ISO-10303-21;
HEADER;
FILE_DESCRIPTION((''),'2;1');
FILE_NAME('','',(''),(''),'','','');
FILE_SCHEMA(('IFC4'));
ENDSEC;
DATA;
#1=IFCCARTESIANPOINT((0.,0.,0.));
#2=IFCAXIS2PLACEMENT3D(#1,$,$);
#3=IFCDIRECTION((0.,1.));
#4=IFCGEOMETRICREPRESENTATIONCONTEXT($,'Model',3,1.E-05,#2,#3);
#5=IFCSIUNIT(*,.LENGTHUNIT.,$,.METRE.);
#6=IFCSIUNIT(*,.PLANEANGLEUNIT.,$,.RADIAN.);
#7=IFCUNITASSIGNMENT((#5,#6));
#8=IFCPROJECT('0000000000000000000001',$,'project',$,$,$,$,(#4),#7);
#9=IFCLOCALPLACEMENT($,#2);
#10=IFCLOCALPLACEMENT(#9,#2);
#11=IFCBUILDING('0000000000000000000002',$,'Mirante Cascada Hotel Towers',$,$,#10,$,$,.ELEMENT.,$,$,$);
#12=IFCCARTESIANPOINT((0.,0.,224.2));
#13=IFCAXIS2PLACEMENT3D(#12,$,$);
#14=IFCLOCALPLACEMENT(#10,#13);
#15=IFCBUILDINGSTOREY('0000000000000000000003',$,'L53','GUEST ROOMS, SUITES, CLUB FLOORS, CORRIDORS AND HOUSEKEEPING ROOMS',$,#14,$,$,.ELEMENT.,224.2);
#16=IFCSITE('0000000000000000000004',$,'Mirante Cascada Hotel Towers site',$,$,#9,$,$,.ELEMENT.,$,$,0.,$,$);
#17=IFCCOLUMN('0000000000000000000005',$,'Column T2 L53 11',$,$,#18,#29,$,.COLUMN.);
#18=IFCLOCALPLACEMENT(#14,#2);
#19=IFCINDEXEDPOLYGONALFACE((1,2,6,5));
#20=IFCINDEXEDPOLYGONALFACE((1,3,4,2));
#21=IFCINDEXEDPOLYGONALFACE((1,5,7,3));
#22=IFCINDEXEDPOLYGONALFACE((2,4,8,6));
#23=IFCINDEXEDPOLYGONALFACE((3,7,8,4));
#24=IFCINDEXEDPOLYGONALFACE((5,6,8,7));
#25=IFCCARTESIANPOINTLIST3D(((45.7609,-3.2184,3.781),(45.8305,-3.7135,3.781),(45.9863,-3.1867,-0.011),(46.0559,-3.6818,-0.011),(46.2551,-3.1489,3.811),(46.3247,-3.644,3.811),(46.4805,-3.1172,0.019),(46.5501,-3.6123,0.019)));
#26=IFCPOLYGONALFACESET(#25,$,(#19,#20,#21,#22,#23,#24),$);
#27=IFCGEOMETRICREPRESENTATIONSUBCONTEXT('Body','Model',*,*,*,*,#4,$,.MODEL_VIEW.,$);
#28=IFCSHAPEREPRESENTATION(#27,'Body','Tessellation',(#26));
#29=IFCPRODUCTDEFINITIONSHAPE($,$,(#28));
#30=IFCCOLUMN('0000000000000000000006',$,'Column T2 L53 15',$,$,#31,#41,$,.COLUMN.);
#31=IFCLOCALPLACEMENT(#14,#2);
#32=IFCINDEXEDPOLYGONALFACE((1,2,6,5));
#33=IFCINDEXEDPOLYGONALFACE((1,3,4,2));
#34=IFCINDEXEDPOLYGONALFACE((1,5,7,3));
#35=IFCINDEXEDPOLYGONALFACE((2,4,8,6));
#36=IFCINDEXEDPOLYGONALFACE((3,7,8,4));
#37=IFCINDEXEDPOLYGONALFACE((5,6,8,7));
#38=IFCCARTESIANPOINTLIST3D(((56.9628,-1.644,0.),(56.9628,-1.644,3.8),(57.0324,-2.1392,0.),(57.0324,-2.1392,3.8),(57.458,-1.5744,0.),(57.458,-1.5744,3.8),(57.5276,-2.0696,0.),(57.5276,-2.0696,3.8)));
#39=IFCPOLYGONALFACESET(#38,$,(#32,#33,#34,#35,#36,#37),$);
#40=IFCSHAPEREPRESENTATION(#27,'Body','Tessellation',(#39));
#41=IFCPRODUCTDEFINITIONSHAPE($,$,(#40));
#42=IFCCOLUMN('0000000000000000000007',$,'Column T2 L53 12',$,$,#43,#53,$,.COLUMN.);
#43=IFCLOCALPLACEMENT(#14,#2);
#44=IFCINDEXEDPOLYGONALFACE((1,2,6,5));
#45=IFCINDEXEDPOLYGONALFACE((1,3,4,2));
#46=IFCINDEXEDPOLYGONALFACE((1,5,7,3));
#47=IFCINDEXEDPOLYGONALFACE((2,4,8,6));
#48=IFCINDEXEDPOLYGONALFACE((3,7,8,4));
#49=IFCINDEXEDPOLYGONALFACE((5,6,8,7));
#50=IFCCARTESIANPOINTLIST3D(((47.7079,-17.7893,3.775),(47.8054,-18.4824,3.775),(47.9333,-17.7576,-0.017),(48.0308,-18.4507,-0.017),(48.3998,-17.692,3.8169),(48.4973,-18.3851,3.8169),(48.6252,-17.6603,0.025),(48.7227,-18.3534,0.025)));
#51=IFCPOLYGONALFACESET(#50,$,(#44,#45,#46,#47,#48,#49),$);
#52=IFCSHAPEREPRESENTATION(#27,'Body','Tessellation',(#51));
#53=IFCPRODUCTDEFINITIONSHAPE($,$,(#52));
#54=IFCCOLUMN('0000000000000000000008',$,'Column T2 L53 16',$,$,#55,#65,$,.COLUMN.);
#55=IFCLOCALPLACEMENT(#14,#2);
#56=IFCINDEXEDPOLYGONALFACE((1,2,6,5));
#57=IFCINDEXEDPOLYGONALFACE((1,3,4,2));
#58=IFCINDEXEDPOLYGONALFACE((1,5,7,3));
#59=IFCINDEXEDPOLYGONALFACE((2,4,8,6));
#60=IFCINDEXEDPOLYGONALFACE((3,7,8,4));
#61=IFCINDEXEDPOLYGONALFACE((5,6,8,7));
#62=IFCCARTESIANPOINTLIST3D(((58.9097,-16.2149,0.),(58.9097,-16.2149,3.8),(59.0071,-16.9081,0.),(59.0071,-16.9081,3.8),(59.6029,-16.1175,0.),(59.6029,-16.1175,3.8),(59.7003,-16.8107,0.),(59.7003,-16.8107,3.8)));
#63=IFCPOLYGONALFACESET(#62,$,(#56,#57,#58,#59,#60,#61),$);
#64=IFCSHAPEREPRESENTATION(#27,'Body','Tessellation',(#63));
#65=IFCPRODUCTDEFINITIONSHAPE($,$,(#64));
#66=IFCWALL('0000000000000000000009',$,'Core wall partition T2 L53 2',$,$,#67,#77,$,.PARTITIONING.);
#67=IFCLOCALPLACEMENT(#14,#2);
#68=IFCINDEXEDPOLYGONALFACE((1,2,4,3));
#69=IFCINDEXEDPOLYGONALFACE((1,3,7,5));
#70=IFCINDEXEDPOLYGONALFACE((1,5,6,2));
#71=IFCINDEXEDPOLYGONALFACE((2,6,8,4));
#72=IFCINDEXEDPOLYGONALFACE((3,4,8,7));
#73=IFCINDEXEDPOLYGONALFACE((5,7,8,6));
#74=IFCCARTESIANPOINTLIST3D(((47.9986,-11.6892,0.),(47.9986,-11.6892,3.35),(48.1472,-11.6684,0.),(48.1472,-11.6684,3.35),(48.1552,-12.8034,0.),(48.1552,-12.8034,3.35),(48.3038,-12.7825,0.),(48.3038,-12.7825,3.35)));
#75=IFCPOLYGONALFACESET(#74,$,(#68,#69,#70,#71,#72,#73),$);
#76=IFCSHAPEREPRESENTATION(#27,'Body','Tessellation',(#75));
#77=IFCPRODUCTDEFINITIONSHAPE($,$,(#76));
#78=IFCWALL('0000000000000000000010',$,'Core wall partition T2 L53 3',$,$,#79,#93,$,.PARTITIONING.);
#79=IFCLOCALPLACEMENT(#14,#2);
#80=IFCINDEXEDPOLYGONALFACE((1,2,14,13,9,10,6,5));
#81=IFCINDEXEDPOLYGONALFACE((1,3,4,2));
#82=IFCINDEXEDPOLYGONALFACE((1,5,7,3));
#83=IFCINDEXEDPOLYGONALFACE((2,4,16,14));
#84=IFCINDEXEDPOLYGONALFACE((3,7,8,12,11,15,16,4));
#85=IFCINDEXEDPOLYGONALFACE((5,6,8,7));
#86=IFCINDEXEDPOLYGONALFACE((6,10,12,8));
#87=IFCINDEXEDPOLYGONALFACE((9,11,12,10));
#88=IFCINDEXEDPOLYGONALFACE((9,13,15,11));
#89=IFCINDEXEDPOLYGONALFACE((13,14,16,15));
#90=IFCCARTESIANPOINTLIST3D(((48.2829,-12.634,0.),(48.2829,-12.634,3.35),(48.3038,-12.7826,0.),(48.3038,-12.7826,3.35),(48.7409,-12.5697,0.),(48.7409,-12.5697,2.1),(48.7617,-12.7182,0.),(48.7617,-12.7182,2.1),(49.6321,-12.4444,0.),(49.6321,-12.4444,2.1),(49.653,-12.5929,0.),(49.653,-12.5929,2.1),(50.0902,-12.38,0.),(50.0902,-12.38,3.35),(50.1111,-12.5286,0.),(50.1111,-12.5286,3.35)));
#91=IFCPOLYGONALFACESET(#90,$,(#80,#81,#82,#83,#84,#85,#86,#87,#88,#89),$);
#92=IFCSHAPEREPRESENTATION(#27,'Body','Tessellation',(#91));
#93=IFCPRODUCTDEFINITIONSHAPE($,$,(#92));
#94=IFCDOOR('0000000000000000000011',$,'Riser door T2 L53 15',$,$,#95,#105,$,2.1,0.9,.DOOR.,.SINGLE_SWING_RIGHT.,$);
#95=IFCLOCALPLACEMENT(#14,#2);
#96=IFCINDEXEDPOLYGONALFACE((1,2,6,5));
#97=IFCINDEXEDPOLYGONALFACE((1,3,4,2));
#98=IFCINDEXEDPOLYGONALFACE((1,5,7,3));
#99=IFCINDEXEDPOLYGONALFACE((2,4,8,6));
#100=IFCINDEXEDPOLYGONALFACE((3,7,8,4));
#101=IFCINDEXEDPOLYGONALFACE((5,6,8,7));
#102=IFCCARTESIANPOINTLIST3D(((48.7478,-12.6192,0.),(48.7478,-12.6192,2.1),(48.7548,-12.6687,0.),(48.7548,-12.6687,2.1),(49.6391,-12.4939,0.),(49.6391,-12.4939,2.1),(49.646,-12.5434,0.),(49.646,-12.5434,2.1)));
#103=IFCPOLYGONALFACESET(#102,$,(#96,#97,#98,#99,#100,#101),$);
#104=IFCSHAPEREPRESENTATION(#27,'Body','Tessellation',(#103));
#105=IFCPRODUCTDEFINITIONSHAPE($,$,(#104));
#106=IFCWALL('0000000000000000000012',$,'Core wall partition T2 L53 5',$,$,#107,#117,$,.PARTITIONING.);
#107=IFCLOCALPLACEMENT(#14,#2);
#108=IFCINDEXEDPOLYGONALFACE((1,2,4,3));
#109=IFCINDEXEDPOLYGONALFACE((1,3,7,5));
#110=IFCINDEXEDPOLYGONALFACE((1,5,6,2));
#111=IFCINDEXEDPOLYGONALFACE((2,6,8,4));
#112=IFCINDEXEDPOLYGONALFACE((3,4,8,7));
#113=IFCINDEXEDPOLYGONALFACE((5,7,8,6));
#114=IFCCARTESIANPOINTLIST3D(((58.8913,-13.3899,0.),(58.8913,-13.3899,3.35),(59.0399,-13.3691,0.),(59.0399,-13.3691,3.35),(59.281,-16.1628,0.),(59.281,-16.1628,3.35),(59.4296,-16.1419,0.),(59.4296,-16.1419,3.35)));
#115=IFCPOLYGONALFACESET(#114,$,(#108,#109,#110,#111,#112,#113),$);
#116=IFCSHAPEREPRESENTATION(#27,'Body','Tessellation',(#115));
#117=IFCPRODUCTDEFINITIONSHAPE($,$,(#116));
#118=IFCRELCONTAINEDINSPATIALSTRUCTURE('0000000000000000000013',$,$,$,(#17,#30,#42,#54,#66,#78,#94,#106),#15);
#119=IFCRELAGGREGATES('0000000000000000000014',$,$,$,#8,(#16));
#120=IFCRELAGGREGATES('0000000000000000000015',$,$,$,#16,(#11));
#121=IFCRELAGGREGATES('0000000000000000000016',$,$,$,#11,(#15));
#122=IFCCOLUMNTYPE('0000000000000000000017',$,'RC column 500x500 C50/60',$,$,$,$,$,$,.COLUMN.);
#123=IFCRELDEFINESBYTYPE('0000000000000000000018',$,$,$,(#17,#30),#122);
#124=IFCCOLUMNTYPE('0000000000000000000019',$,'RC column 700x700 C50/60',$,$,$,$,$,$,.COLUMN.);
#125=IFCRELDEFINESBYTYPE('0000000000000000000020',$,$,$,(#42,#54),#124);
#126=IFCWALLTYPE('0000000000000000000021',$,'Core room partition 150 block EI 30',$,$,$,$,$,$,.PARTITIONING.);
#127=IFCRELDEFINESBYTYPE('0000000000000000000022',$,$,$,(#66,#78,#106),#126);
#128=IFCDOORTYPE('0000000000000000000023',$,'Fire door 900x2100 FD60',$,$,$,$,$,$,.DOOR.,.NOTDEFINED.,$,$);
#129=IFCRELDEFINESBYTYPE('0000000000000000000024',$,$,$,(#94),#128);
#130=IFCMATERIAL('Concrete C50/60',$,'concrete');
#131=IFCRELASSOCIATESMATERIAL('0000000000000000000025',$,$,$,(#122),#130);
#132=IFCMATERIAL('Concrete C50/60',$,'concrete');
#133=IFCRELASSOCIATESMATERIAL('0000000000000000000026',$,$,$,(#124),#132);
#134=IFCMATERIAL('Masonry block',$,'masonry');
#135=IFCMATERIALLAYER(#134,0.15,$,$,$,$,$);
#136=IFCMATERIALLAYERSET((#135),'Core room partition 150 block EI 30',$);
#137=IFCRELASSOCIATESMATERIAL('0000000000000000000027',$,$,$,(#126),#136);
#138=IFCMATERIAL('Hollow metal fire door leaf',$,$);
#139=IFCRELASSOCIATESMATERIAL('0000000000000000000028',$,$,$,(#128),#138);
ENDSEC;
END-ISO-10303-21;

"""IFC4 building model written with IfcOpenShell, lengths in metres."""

from ifc_helpers import new_model, si_unit, direction, frame, frame_2d, origin, origin_2d, place, context, subcontext, project, spatial, rectangle, extrude, material, layer, layer_set, material_profile, profile_set, type_object, element, fill, save


model = new_model("IFC4")

# Units and contexts
model_context = context("Model", 3, precision=1e-05, world=origin(), true_north=direction((0.0, 1.0)))
body_context = subcontext(model_context, "Body", "Model", "MODEL_VIEW")
ifc_project = project(units=[si_unit("LENGTHUNIT", "METRE"), si_unit("PLANEANGLEUNIT", "RADIAN")], contexts=[model_context])

# Site, building, storey
site_placement = place(None, origin())
site = spatial("IfcSite", under=ifc_project, at=site_placement, Name="Mirante Cascada Hotel Towers site", CompositionType="ELEMENT", RefElevation=0.0)
building_placement = place(site_placement, origin())
building = spatial("IfcBuilding", under=site, at=building_placement, Name="Mirante Cascada Hotel Towers", CompositionType="ELEMENT")
storey_placement = place(building_placement, frame((0.0, 0.0, 224.2)))
storey = spatial("IfcBuildingStorey", under=building, at=storey_placement, Name="L53", Description="GUEST ROOMS, SUITES, CLUB FLOORS, CORRIDORS AND HOUSEKEEPING ROOMS", CompositionType="ELEMENT", Elevation=224.2)

# Columns
ifc_material_1 = material(Name="Concrete C50/60", Category="concrete")
ifc_material_profile_1 = material_profile(ifc_material_1, rectangle(XDim=0.5, YDim=0.5, at=origin_2d()), Name="RC column 500x500 C50/60")
ifc_profile_set_1 = profile_set([ifc_material_profile_1], Name="Concrete C50/60")
column_type_1 = type_object("IfcColumnType", Name="RC column 500x500 C50/60", PredefinedType="COLUMN", material=ifc_profile_set_1)
column_1_placement = place(storey_placement, frame((46.2682, -3.3995, 0.004), z_axis=(-0.059334, -0.008345, 0.998203), x_axis=(0.139268, -0.990255, 0.0)))
element("IfcColumn", 1, at=column_1_placement, inside=storey, type_object=column_type_1, Name="Column T2 L53 11", PredefinedType="COLUMN", context=body_context, shape_type="SweptSolid", body=[
    extrude(rectangle(XDim=0.5, YDim=0.5, at=origin_2d()), origin(), (0.0, 0.0, 1.0), 3.7988),
])
column_2_placement = place(storey_placement, frame((57.2452, -1.8568, 0.0), z_axis=(0.0, 0.0, 1.0), x_axis=(0.990268, 0.139173, 0.0)))
element("IfcColumn", 2, at=column_2_placement, inside=storey, type_object=column_type_1, Name="Column T2 L53 15", PredefinedType="COLUMN", context=body_context, shape_type="SweptSolid", body=[
    extrude(rectangle(XDim=0.5, YDim=0.5, at=origin_2d()), origin(), (0.0, 0.0, 1.0), 3.8),
])
ifc_material_2 = material(Name="Concrete C50/60", Category="concrete")
ifc_material_profile_2 = material_profile(ifc_material_2, rectangle(XDim=0.7, YDim=0.7, at=origin_2d()), Name="RC column 700x700 C50/60")
ifc_profile_set_2 = profile_set([ifc_material_profile_2], Name="Concrete C50/60")
column_type_2 = type_object("IfcColumnType", Name="RC column 700x700 C50/60", PredefinedType="COLUMN", material=ifc_profile_set_2)
column_3_placement = place(storey_placement, frame((48.328, -18.0555, 0.004), z_axis=(-0.059334, -0.008345, 0.998203), x_axis=(0.139268, -0.990255, 0.0)))
element("IfcColumn", 3, at=column_3_placement, inside=storey, type_object=column_type_2, Name="Column T2 L53 12", PredefinedType="COLUMN", context=body_context, shape_type="SweptSolid", body=[
    extrude(rectangle(XDim=0.7, YDim=0.7, at=origin_2d()), origin(), (0.0, 0.0, 1.0), 3.7988),
])
column_4_placement = place(storey_placement, frame((59.305, -16.5128, 0.0), z_axis=(0.0, 0.0, 1.0), x_axis=(0.990268, 0.139173, 0.0)))
element("IfcColumn", 4, at=column_4_placement, inside=storey, type_object=column_type_2, Name="Column T2 L53 16", PredefinedType="COLUMN", context=body_context, shape_type="SweptSolid", body=[
    extrude(rectangle(XDim=0.7, YDim=0.7, at=origin_2d()), origin(), (0.0, 0.0, 1.0), 3.8),
])

# Wall
ifc_material_3 = material(Name="Masonry block", Category="masonry")
ifc_layer_1 = layer(ifc_material_3, 0.15)
ifc_layer_set_1 = layer_set([ifc_layer_1], Name="Core room partition 150 block EI 30")
wall_type_1 = type_object("IfcWallType", Name="Core room partition 150 block EI 30", PredefinedType="PARTITIONING", material=ifc_layer_set_1)
wall_1_placement = place(storey_placement, frame((48.2295, -12.793, 0.0), z_axis=(0.0, 0.0, 1.0), x_axis=(-0.139193, 0.990265, 0.0)))
element("IfcWall", 5, at=wall_1_placement, inside=storey, type_object=wall_type_1, Name="Core wall partition T2 L53 2", PredefinedType="PARTITIONING", context=body_context, shape_type="SweptSolid", body=[
    extrude(rectangle(XDim=1.1251, YDim=0.15, at=frame_2d((0.5626, 0.0))), origin(), (0.0, 0.0, 1.0), 3.35),
])

# Wall, opening, door
wall_2_placement = place(storey_placement, frame((48.2933, -12.7083, 0.0), z_axis=(0.0, 0.0, 1.0), x_axis=(0.990268, 0.139173, 0.0)))
wall_2 = element("IfcWall", 6, at=wall_2_placement, inside=storey, type_object=wall_type_1, Name="Core wall partition T2 L53 3", PredefinedType="PARTITIONING", context=body_context, shape_type="SweptSolid", body=[
    extrude(rectangle(XDim=1.8251, YDim=0.15, at=frame_2d((0.9126, 0.0))), origin(), (0.0, 0.0, 1.0), 3.35),
])
opening_1_placement = place(wall_2_placement, frame((0.4625, 0.0, 0.0)))
opening_1 = element("IfcOpeningElement", 7, at=opening_1_placement, cuts=wall_2, PredefinedType="OPENING", context=body_context, shape_type="SweptSolid", body=[
    extrude(rectangle(XDim=0.9, YDim=2.1, at=frame_2d((0.45, 1.05))), frame((0.0, 0.075, 0.0), z_axis=(0.0, -1.0, 0.0), x_axis=(1.0, 0.0, 0.0)), (0.0, 0.0, 1.0), 0.15),
])
ifc_material_4 = material(Name="Hollow metal fire door leaf")
door_type_1 = type_object("IfcDoorType", Name="Fire door 900x2100 FD60", OperationType="NOTDEFINED", PredefinedType="DOOR", material=ifc_material_4)
door_1_placement = place(opening_1_placement, frame((0.9, 0.0, 0.0), z_axis=(0.0, 0.0, 1.0), x_axis=(-1.0, 0.0, 0.0)))
door_1 = element("IfcDoor", 8, at=door_1_placement, inside=storey, type_object=door_type_1, Name="Riser door T2 L53 15", OperationType="SINGLE_SWING_RIGHT", OverallHeight=2.1, OverallWidth=0.9, PredefinedType="DOOR", context=body_context, shape_type="SweptSolid", body=[
    extrude(rectangle(XDim=0.9, YDim=2.1, at=frame_2d((0.45, 1.05))), frame((0.0, 0.025, 0.0), z_axis=(0.0, -1.0, 0.0), x_axis=(1.0, 0.0, 0.0)), (0.0, 0.0, 1.0), 0.05),
])
fill(opening_1, door_1)

# Wall
wall_3_placement = place(storey_placement, frame((59.3553, -16.1523, 0.0), z_axis=(0.0, 0.0, 1.0), x_axis=(-0.139176, 0.990268, 0.0)))
element("IfcWall", 9, at=wall_3_placement, inside=storey, type_object=wall_type_1, Name="Core wall partition T2 L53 5", PredefinedType="PARTITIONING", context=body_context, shape_type="SweptSolid", body=[
    extrude(rectangle(XDim=2.8001, YDim=0.15, at=frame_2d((1.4, 0.0))), origin(), (0.0, 0.0, 1.0), 3.35),
])

save(model, "model.ifc")
